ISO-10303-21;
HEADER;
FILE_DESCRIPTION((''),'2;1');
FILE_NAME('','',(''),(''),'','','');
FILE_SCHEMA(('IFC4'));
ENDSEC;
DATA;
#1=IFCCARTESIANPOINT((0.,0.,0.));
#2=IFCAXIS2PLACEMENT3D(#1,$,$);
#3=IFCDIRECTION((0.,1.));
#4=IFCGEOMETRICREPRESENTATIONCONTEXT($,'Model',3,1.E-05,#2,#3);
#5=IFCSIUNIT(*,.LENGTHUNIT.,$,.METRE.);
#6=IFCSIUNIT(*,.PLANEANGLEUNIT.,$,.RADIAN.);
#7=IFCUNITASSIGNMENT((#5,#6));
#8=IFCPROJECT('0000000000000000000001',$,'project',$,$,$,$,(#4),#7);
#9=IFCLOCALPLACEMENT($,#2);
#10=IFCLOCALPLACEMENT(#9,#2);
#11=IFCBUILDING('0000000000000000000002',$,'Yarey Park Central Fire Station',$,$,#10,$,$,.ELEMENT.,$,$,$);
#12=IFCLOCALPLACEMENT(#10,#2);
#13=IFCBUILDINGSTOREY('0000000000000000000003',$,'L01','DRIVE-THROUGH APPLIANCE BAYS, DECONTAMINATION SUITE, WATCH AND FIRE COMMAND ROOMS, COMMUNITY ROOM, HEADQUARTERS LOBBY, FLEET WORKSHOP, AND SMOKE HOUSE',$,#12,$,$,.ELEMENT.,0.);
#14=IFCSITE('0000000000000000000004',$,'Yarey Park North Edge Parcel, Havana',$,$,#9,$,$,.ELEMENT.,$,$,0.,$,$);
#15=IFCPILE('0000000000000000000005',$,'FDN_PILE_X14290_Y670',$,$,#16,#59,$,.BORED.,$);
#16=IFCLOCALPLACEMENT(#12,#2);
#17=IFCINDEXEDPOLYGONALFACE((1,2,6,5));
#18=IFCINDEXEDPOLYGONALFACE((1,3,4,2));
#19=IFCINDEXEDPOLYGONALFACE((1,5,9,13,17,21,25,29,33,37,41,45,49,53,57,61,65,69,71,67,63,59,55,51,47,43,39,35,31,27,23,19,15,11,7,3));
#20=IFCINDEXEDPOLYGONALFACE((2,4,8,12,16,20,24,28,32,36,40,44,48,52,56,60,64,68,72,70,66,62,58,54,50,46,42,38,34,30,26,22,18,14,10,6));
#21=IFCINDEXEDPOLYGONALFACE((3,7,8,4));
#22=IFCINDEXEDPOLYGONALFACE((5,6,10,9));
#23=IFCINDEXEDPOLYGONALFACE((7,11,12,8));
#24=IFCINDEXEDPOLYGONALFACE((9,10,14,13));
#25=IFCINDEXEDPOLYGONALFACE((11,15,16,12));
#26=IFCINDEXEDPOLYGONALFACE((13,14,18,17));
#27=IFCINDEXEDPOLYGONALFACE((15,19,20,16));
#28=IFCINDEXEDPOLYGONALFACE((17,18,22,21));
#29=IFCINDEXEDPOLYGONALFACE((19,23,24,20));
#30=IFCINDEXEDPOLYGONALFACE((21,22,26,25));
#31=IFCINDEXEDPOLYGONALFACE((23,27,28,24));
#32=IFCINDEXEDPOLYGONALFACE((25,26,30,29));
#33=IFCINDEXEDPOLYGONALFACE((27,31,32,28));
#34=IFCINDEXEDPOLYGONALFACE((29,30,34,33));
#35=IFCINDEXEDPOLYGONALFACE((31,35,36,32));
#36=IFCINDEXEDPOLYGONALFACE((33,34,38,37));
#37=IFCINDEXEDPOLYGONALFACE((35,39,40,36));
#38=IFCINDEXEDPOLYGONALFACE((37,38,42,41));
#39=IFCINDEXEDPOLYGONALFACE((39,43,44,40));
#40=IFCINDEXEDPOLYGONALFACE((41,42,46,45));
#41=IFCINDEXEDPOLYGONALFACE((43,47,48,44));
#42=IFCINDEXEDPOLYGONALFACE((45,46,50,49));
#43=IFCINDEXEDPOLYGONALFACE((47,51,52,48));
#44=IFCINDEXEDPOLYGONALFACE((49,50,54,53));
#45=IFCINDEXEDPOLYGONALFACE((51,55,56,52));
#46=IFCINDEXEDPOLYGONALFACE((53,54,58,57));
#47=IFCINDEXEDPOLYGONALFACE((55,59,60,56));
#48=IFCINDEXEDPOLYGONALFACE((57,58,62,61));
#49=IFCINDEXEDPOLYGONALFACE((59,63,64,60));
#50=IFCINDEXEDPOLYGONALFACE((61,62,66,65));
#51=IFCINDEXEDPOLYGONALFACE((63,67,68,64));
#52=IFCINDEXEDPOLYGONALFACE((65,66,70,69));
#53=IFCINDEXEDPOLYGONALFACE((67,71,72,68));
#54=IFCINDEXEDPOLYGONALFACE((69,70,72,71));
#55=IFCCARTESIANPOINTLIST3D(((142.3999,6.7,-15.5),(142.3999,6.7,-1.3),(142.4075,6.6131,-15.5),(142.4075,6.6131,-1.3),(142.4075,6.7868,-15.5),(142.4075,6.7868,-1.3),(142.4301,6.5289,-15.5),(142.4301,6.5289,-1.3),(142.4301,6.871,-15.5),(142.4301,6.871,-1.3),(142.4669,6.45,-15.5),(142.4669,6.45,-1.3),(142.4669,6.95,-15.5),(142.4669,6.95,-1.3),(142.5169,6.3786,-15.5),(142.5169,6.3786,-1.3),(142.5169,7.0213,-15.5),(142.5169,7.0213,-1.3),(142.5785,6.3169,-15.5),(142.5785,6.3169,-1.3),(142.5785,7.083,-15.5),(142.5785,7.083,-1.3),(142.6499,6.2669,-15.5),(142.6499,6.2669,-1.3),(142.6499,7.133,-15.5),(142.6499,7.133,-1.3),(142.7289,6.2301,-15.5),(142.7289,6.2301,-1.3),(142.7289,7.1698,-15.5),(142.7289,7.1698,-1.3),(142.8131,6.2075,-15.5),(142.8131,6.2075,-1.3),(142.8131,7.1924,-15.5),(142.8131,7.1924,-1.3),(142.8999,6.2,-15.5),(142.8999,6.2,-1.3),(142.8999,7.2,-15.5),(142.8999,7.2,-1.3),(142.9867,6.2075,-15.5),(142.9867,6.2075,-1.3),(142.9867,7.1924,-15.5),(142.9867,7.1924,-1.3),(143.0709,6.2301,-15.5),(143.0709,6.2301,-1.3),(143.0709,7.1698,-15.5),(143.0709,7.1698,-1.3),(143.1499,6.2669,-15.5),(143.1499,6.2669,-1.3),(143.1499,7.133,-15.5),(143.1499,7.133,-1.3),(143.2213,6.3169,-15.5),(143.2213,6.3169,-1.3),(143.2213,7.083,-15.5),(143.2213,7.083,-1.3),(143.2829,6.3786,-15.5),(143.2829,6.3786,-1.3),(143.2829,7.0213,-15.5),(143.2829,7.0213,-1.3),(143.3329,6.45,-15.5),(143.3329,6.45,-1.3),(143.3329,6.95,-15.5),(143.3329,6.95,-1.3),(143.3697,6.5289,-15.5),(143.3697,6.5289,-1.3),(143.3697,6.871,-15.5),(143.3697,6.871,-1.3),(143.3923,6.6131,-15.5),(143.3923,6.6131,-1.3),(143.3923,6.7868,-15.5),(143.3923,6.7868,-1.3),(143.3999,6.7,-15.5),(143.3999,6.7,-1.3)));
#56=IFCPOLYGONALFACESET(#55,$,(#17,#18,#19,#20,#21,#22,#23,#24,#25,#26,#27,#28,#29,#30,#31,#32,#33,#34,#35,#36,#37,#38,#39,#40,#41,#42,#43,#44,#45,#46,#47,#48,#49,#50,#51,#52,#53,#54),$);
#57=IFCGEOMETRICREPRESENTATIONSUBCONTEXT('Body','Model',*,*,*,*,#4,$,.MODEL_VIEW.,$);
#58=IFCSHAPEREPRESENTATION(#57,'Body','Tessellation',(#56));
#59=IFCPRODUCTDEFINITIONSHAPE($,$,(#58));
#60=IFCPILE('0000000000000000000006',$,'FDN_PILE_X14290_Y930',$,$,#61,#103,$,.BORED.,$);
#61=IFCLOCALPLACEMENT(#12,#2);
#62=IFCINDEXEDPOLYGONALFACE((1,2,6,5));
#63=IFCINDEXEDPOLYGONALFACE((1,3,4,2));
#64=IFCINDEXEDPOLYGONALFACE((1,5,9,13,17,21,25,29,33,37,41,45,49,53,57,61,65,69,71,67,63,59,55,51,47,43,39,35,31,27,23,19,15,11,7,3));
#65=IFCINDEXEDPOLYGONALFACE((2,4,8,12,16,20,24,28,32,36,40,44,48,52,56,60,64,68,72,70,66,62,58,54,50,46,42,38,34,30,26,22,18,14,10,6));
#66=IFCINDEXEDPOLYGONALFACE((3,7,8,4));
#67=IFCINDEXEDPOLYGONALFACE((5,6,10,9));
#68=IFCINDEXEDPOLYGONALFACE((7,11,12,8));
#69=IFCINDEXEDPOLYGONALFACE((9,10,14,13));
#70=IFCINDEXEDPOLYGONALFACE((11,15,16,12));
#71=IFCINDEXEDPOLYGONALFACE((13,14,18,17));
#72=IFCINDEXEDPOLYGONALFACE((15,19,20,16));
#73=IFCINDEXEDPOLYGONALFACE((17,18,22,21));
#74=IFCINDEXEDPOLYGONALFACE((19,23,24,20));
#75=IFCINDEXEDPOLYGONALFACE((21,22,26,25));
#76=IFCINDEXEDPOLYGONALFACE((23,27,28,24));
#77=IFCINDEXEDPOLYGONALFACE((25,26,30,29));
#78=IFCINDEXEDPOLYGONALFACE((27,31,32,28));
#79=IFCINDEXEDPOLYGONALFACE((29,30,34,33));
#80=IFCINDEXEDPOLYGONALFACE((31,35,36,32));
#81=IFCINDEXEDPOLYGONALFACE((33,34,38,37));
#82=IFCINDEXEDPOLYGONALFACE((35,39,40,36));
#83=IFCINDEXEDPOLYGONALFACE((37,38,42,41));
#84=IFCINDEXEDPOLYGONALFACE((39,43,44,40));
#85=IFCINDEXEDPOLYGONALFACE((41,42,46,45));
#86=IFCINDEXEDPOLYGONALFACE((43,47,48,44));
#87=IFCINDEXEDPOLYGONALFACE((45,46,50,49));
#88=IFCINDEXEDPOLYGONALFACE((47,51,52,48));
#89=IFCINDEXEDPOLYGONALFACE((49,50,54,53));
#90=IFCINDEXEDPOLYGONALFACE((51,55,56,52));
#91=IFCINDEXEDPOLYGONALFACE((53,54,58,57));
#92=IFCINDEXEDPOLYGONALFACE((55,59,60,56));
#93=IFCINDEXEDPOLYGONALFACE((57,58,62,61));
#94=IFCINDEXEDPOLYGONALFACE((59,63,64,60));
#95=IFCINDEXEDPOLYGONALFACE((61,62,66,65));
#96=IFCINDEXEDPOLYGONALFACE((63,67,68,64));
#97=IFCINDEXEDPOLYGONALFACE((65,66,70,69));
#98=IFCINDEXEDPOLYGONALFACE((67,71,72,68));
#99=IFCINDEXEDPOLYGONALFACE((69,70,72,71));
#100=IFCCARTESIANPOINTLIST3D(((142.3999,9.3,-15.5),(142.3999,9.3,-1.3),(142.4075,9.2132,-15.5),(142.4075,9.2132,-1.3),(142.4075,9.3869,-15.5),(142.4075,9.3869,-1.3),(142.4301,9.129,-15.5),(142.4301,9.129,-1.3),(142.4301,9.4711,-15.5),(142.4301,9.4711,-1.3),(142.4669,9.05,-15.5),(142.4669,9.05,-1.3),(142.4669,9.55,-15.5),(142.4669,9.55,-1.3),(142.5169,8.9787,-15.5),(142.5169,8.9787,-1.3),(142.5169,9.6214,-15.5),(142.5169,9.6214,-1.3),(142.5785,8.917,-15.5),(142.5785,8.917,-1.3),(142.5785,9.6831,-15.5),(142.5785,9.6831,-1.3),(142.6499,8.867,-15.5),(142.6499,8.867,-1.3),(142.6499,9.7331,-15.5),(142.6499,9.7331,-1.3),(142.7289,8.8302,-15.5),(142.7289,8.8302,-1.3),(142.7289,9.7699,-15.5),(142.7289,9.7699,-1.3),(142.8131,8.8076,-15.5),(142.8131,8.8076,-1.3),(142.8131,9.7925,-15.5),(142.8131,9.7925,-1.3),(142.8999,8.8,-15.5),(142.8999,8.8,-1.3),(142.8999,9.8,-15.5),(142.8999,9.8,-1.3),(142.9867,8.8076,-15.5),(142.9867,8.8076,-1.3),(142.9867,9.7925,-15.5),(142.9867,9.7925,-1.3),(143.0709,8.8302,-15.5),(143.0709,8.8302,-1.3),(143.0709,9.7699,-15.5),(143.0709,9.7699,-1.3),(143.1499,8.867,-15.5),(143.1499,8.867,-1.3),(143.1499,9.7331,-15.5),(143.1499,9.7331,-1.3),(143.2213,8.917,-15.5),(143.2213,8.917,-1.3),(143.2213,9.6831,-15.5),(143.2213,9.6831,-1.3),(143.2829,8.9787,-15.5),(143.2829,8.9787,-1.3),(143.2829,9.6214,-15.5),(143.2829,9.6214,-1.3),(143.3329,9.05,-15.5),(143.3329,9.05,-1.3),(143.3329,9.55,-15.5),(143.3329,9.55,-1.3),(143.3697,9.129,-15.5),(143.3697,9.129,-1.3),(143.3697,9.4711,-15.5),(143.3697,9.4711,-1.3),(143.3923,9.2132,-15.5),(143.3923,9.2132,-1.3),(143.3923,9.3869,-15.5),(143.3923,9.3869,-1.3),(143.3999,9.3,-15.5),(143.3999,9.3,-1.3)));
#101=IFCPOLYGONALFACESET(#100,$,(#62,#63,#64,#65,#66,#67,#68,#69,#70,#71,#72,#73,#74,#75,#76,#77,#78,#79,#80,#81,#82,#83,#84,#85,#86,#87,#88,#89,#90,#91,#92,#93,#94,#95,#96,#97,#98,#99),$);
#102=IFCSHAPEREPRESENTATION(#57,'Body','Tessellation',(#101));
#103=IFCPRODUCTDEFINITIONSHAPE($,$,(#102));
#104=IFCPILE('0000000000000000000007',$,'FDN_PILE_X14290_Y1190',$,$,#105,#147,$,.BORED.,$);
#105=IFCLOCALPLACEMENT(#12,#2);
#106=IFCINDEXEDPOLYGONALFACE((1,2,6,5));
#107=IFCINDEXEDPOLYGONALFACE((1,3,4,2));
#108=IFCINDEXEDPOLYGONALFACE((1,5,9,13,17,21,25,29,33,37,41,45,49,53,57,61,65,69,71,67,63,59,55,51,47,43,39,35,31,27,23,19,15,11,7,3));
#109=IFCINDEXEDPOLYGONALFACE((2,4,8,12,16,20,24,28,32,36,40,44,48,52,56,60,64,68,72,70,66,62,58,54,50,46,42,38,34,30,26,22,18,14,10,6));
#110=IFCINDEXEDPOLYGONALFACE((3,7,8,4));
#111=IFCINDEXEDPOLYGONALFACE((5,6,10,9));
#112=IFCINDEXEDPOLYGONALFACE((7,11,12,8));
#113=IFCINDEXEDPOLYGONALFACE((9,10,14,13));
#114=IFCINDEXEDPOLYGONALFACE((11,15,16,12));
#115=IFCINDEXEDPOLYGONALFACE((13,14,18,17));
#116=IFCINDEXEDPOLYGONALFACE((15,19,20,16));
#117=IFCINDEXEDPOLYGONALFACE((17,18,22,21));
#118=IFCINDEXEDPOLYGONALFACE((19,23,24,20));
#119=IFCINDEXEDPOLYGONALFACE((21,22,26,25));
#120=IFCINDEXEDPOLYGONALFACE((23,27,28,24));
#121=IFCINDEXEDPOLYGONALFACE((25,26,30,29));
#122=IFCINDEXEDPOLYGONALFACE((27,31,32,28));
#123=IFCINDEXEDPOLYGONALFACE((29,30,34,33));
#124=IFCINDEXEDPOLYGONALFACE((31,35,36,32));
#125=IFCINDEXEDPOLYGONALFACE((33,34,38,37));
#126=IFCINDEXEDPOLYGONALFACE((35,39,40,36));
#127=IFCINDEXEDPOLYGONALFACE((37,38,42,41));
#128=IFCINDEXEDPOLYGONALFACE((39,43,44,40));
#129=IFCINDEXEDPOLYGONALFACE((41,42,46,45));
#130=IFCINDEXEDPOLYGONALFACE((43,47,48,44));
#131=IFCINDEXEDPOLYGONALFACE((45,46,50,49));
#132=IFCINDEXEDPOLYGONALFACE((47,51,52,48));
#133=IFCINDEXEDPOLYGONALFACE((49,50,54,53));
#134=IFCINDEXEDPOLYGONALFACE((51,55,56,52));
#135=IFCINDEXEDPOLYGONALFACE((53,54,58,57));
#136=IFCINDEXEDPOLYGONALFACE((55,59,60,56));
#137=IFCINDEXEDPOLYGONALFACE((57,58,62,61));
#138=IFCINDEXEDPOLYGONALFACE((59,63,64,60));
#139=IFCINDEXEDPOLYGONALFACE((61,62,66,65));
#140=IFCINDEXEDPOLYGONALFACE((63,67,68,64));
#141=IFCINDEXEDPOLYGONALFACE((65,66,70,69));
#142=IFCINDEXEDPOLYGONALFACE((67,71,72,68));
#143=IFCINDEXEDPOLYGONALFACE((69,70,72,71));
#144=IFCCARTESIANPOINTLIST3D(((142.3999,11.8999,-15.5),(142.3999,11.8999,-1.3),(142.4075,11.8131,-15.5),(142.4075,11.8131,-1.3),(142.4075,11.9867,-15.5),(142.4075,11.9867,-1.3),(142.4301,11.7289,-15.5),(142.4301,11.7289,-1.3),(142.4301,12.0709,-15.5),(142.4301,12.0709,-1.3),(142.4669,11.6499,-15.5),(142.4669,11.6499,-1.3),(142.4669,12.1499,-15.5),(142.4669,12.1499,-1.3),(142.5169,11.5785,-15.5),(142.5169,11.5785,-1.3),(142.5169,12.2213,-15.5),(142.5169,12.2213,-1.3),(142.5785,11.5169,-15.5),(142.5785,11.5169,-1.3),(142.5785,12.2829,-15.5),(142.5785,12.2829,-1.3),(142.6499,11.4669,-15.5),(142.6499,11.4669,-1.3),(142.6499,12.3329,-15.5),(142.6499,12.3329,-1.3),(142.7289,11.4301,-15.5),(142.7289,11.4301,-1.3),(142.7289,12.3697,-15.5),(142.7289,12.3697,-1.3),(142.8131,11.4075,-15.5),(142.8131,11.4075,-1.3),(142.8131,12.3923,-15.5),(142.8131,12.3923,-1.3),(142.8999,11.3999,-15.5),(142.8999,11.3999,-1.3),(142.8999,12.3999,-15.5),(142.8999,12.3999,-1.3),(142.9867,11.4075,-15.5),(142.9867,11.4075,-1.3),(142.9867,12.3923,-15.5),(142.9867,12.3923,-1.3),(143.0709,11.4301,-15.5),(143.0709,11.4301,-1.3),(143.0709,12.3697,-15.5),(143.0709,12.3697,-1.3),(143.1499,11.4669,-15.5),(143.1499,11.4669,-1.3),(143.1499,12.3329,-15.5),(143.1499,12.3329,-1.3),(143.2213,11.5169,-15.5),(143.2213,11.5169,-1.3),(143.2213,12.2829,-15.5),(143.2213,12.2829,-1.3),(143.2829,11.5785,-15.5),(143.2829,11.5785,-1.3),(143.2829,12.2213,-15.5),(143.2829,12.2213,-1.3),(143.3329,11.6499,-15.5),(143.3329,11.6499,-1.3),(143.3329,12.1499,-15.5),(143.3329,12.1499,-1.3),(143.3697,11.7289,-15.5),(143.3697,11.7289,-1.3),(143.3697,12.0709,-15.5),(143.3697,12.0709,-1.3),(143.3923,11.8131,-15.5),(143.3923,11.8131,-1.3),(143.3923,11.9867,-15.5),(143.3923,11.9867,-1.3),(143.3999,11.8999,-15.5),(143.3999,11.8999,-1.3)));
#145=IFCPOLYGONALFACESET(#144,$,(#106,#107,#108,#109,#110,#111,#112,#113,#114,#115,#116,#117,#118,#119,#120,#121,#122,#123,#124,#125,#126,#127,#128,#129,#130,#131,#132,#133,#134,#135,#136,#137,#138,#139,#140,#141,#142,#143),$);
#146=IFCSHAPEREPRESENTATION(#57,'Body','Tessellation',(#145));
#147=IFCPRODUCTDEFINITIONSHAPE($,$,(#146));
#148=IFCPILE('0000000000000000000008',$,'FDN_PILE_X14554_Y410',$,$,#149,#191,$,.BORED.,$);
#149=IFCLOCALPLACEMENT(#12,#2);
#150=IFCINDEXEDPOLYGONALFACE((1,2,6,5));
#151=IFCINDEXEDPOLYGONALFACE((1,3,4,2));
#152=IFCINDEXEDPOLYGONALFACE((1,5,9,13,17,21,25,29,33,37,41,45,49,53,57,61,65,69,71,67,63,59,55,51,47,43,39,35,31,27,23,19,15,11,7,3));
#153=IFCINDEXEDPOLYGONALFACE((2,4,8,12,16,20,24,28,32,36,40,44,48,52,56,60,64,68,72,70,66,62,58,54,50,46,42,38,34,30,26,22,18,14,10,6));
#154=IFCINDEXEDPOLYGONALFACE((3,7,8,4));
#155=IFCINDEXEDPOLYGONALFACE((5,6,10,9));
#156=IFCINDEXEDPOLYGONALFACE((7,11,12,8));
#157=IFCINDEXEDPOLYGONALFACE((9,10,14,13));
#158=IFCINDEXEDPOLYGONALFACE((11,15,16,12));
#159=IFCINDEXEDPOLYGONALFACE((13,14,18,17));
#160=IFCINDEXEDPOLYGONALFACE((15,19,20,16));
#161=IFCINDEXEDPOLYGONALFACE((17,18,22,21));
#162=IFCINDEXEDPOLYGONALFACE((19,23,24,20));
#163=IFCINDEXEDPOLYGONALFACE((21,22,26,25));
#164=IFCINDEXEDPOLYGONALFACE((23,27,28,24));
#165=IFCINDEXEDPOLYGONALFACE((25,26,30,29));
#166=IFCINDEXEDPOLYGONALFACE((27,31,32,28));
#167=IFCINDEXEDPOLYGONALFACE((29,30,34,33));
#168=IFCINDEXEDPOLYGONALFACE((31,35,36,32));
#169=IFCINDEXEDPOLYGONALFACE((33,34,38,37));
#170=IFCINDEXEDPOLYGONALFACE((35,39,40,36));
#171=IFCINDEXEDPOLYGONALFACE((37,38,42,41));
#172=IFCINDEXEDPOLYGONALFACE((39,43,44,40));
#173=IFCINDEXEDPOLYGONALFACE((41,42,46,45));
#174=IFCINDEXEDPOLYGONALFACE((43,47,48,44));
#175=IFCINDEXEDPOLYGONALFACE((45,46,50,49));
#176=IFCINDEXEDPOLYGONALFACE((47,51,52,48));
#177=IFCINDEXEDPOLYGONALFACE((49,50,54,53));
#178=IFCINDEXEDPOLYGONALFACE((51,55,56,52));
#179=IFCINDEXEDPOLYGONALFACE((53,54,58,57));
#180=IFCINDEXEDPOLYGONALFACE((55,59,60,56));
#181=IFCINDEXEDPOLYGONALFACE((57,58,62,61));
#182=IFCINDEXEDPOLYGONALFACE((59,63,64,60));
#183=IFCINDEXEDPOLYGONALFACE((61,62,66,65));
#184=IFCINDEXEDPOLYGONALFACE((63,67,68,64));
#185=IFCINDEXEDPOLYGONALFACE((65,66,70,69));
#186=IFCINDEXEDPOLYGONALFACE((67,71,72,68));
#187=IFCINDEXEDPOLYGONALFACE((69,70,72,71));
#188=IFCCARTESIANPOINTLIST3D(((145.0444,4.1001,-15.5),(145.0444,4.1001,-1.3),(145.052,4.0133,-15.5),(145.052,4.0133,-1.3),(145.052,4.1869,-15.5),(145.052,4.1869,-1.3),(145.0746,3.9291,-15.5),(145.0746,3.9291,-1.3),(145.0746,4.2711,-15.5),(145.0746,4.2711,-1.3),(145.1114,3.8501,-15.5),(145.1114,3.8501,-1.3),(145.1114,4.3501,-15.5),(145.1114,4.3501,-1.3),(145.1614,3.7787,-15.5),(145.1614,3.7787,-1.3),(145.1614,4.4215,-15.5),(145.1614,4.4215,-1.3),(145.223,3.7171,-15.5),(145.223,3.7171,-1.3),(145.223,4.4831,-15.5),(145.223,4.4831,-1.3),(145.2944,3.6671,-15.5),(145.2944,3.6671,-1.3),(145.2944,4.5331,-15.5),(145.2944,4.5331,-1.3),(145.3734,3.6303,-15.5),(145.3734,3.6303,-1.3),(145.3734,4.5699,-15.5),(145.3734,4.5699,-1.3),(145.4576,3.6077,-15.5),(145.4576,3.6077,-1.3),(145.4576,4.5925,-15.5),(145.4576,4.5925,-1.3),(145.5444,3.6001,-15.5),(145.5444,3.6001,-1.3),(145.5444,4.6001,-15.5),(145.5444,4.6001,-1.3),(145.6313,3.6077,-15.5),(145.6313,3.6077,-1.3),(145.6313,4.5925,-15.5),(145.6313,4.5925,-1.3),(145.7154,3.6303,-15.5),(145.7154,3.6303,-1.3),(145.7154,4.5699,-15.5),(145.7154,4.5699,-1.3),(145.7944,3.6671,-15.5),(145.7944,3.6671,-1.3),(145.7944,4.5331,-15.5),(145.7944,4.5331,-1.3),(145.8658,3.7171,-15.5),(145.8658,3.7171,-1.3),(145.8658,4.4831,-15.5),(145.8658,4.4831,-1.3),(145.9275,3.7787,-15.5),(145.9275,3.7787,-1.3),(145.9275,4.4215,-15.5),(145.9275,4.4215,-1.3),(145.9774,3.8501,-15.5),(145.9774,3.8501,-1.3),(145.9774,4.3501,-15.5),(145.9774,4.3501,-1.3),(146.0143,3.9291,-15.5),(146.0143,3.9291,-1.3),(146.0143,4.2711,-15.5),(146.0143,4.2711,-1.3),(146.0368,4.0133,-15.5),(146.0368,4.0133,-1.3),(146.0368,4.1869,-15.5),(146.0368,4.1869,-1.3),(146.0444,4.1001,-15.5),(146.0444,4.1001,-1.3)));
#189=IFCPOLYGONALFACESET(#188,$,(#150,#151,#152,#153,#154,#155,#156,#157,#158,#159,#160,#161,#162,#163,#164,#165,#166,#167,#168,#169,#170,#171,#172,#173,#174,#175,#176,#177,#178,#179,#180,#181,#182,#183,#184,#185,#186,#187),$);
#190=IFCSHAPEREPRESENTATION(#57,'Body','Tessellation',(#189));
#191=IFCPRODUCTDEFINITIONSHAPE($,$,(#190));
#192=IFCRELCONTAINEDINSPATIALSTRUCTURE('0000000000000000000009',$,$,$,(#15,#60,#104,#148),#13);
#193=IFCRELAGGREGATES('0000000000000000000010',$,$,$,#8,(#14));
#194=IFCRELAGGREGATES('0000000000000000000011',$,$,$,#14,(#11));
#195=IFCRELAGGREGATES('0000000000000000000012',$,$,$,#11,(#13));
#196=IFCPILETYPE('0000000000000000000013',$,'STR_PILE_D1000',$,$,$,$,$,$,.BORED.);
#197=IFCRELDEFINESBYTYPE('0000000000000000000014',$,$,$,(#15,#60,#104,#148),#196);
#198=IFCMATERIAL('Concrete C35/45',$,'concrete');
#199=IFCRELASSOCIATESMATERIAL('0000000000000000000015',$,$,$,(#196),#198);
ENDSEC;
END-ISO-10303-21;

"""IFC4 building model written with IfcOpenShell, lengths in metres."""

from ifc_helpers import new_model, si_unit, direction, frame, origin, origin_2d, place, context, subcontext, project, spatial, circle, extrude, material, material_profile, profile_set, type_object, element, save


model = new_model("IFC4")

# Units and contexts
model_context = context("Model", 3, precision=1e-05, world=origin(), true_north=direction((0.0, 1.0)))
body_context = subcontext(model_context, "Body", "Model", "MODEL_VIEW")
ifc_project = project(units=[si_unit("LENGTHUNIT", "METRE"), si_unit("PLANEANGLEUNIT", "RADIAN")], contexts=[model_context])

# Site, building, storey
site_placement = place(None, origin())
site = spatial("IfcSite", under=ifc_project, at=site_placement, Name="Yarey Park North Edge Parcel, Havana", CompositionType="ELEMENT", RefElevation=0.0)
building_placement = place(site_placement, origin())
building = spatial("IfcBuilding", under=site, at=building_placement, Name="Yarey Park Central Fire Station", CompositionType="ELEMENT")
storey_placement = place(building_placement, origin())
storey = spatial("IfcBuildingStorey", under=building, at=storey_placement, Name="L01", Description="DRIVE-THROUGH APPLIANCE BAYS, DECONTAMINATION SUITE, WATCH AND FIRE COMMAND ROOMS, COMMUNITY ROOM, HEADQUARTERS LOBBY, FLEET WORKSHOP, AND SMOKE HOUSE", CompositionType="ELEMENT", Elevation=0.0)

# Piles
ifc_material_1 = material(Name="Concrete C35/45", Category="concrete")
ifc_material_profile_1 = material_profile(ifc_material_1, circle(Radius=0.5, at=origin_2d()), Name="BORED PILE D1000")
ifc_profile_set_1 = profile_set([ifc_material_profile_1], Name="Concrete C35/45")
pile_type = type_object("IfcPileType", Name="STR_PILE_D1000", PredefinedType="BORED", material=ifc_profile_set_1)
for number, where, z_axis, x_axis, name in (
    (1, (142.8999, 6.7, -1.3), (0.0, 0.0, -1.0), (1.0, 0.0, 0.0), "FDN_PILE_X14290_Y670"),
    (2, (142.8999, 9.3, -1.3), (0.0, 0.0, -1.0), (1.0, 0.0, 0.0), "FDN_PILE_X14290_Y930"),
    (3, (142.8999, 11.8999, -1.3), (0.0, 0.0, -1.0), (1.0, 0.0, 0.0), "FDN_PILE_X14290_Y1190"),
    (4, (145.5444, 4.1001, -1.3), (0.0, 0.0, -1.0), (1.0, 0.0, 0.0), "FDN_PILE_X14554_Y410"),
):
    element("IfcPile", number, at=place(storey_placement, frame(where, z_axis=z_axis, x_axis=x_axis)), inside=storey, type_object=pile_type, Name=name, PredefinedType="BORED", context=body_context, shape_type="SweptSolid", body=[
        extrude(circle(Radius=0.5, at=origin_2d()), origin(), (0.0, 0.0, 1.0), 14.2),
    ])

save(model, "model.ifc")
